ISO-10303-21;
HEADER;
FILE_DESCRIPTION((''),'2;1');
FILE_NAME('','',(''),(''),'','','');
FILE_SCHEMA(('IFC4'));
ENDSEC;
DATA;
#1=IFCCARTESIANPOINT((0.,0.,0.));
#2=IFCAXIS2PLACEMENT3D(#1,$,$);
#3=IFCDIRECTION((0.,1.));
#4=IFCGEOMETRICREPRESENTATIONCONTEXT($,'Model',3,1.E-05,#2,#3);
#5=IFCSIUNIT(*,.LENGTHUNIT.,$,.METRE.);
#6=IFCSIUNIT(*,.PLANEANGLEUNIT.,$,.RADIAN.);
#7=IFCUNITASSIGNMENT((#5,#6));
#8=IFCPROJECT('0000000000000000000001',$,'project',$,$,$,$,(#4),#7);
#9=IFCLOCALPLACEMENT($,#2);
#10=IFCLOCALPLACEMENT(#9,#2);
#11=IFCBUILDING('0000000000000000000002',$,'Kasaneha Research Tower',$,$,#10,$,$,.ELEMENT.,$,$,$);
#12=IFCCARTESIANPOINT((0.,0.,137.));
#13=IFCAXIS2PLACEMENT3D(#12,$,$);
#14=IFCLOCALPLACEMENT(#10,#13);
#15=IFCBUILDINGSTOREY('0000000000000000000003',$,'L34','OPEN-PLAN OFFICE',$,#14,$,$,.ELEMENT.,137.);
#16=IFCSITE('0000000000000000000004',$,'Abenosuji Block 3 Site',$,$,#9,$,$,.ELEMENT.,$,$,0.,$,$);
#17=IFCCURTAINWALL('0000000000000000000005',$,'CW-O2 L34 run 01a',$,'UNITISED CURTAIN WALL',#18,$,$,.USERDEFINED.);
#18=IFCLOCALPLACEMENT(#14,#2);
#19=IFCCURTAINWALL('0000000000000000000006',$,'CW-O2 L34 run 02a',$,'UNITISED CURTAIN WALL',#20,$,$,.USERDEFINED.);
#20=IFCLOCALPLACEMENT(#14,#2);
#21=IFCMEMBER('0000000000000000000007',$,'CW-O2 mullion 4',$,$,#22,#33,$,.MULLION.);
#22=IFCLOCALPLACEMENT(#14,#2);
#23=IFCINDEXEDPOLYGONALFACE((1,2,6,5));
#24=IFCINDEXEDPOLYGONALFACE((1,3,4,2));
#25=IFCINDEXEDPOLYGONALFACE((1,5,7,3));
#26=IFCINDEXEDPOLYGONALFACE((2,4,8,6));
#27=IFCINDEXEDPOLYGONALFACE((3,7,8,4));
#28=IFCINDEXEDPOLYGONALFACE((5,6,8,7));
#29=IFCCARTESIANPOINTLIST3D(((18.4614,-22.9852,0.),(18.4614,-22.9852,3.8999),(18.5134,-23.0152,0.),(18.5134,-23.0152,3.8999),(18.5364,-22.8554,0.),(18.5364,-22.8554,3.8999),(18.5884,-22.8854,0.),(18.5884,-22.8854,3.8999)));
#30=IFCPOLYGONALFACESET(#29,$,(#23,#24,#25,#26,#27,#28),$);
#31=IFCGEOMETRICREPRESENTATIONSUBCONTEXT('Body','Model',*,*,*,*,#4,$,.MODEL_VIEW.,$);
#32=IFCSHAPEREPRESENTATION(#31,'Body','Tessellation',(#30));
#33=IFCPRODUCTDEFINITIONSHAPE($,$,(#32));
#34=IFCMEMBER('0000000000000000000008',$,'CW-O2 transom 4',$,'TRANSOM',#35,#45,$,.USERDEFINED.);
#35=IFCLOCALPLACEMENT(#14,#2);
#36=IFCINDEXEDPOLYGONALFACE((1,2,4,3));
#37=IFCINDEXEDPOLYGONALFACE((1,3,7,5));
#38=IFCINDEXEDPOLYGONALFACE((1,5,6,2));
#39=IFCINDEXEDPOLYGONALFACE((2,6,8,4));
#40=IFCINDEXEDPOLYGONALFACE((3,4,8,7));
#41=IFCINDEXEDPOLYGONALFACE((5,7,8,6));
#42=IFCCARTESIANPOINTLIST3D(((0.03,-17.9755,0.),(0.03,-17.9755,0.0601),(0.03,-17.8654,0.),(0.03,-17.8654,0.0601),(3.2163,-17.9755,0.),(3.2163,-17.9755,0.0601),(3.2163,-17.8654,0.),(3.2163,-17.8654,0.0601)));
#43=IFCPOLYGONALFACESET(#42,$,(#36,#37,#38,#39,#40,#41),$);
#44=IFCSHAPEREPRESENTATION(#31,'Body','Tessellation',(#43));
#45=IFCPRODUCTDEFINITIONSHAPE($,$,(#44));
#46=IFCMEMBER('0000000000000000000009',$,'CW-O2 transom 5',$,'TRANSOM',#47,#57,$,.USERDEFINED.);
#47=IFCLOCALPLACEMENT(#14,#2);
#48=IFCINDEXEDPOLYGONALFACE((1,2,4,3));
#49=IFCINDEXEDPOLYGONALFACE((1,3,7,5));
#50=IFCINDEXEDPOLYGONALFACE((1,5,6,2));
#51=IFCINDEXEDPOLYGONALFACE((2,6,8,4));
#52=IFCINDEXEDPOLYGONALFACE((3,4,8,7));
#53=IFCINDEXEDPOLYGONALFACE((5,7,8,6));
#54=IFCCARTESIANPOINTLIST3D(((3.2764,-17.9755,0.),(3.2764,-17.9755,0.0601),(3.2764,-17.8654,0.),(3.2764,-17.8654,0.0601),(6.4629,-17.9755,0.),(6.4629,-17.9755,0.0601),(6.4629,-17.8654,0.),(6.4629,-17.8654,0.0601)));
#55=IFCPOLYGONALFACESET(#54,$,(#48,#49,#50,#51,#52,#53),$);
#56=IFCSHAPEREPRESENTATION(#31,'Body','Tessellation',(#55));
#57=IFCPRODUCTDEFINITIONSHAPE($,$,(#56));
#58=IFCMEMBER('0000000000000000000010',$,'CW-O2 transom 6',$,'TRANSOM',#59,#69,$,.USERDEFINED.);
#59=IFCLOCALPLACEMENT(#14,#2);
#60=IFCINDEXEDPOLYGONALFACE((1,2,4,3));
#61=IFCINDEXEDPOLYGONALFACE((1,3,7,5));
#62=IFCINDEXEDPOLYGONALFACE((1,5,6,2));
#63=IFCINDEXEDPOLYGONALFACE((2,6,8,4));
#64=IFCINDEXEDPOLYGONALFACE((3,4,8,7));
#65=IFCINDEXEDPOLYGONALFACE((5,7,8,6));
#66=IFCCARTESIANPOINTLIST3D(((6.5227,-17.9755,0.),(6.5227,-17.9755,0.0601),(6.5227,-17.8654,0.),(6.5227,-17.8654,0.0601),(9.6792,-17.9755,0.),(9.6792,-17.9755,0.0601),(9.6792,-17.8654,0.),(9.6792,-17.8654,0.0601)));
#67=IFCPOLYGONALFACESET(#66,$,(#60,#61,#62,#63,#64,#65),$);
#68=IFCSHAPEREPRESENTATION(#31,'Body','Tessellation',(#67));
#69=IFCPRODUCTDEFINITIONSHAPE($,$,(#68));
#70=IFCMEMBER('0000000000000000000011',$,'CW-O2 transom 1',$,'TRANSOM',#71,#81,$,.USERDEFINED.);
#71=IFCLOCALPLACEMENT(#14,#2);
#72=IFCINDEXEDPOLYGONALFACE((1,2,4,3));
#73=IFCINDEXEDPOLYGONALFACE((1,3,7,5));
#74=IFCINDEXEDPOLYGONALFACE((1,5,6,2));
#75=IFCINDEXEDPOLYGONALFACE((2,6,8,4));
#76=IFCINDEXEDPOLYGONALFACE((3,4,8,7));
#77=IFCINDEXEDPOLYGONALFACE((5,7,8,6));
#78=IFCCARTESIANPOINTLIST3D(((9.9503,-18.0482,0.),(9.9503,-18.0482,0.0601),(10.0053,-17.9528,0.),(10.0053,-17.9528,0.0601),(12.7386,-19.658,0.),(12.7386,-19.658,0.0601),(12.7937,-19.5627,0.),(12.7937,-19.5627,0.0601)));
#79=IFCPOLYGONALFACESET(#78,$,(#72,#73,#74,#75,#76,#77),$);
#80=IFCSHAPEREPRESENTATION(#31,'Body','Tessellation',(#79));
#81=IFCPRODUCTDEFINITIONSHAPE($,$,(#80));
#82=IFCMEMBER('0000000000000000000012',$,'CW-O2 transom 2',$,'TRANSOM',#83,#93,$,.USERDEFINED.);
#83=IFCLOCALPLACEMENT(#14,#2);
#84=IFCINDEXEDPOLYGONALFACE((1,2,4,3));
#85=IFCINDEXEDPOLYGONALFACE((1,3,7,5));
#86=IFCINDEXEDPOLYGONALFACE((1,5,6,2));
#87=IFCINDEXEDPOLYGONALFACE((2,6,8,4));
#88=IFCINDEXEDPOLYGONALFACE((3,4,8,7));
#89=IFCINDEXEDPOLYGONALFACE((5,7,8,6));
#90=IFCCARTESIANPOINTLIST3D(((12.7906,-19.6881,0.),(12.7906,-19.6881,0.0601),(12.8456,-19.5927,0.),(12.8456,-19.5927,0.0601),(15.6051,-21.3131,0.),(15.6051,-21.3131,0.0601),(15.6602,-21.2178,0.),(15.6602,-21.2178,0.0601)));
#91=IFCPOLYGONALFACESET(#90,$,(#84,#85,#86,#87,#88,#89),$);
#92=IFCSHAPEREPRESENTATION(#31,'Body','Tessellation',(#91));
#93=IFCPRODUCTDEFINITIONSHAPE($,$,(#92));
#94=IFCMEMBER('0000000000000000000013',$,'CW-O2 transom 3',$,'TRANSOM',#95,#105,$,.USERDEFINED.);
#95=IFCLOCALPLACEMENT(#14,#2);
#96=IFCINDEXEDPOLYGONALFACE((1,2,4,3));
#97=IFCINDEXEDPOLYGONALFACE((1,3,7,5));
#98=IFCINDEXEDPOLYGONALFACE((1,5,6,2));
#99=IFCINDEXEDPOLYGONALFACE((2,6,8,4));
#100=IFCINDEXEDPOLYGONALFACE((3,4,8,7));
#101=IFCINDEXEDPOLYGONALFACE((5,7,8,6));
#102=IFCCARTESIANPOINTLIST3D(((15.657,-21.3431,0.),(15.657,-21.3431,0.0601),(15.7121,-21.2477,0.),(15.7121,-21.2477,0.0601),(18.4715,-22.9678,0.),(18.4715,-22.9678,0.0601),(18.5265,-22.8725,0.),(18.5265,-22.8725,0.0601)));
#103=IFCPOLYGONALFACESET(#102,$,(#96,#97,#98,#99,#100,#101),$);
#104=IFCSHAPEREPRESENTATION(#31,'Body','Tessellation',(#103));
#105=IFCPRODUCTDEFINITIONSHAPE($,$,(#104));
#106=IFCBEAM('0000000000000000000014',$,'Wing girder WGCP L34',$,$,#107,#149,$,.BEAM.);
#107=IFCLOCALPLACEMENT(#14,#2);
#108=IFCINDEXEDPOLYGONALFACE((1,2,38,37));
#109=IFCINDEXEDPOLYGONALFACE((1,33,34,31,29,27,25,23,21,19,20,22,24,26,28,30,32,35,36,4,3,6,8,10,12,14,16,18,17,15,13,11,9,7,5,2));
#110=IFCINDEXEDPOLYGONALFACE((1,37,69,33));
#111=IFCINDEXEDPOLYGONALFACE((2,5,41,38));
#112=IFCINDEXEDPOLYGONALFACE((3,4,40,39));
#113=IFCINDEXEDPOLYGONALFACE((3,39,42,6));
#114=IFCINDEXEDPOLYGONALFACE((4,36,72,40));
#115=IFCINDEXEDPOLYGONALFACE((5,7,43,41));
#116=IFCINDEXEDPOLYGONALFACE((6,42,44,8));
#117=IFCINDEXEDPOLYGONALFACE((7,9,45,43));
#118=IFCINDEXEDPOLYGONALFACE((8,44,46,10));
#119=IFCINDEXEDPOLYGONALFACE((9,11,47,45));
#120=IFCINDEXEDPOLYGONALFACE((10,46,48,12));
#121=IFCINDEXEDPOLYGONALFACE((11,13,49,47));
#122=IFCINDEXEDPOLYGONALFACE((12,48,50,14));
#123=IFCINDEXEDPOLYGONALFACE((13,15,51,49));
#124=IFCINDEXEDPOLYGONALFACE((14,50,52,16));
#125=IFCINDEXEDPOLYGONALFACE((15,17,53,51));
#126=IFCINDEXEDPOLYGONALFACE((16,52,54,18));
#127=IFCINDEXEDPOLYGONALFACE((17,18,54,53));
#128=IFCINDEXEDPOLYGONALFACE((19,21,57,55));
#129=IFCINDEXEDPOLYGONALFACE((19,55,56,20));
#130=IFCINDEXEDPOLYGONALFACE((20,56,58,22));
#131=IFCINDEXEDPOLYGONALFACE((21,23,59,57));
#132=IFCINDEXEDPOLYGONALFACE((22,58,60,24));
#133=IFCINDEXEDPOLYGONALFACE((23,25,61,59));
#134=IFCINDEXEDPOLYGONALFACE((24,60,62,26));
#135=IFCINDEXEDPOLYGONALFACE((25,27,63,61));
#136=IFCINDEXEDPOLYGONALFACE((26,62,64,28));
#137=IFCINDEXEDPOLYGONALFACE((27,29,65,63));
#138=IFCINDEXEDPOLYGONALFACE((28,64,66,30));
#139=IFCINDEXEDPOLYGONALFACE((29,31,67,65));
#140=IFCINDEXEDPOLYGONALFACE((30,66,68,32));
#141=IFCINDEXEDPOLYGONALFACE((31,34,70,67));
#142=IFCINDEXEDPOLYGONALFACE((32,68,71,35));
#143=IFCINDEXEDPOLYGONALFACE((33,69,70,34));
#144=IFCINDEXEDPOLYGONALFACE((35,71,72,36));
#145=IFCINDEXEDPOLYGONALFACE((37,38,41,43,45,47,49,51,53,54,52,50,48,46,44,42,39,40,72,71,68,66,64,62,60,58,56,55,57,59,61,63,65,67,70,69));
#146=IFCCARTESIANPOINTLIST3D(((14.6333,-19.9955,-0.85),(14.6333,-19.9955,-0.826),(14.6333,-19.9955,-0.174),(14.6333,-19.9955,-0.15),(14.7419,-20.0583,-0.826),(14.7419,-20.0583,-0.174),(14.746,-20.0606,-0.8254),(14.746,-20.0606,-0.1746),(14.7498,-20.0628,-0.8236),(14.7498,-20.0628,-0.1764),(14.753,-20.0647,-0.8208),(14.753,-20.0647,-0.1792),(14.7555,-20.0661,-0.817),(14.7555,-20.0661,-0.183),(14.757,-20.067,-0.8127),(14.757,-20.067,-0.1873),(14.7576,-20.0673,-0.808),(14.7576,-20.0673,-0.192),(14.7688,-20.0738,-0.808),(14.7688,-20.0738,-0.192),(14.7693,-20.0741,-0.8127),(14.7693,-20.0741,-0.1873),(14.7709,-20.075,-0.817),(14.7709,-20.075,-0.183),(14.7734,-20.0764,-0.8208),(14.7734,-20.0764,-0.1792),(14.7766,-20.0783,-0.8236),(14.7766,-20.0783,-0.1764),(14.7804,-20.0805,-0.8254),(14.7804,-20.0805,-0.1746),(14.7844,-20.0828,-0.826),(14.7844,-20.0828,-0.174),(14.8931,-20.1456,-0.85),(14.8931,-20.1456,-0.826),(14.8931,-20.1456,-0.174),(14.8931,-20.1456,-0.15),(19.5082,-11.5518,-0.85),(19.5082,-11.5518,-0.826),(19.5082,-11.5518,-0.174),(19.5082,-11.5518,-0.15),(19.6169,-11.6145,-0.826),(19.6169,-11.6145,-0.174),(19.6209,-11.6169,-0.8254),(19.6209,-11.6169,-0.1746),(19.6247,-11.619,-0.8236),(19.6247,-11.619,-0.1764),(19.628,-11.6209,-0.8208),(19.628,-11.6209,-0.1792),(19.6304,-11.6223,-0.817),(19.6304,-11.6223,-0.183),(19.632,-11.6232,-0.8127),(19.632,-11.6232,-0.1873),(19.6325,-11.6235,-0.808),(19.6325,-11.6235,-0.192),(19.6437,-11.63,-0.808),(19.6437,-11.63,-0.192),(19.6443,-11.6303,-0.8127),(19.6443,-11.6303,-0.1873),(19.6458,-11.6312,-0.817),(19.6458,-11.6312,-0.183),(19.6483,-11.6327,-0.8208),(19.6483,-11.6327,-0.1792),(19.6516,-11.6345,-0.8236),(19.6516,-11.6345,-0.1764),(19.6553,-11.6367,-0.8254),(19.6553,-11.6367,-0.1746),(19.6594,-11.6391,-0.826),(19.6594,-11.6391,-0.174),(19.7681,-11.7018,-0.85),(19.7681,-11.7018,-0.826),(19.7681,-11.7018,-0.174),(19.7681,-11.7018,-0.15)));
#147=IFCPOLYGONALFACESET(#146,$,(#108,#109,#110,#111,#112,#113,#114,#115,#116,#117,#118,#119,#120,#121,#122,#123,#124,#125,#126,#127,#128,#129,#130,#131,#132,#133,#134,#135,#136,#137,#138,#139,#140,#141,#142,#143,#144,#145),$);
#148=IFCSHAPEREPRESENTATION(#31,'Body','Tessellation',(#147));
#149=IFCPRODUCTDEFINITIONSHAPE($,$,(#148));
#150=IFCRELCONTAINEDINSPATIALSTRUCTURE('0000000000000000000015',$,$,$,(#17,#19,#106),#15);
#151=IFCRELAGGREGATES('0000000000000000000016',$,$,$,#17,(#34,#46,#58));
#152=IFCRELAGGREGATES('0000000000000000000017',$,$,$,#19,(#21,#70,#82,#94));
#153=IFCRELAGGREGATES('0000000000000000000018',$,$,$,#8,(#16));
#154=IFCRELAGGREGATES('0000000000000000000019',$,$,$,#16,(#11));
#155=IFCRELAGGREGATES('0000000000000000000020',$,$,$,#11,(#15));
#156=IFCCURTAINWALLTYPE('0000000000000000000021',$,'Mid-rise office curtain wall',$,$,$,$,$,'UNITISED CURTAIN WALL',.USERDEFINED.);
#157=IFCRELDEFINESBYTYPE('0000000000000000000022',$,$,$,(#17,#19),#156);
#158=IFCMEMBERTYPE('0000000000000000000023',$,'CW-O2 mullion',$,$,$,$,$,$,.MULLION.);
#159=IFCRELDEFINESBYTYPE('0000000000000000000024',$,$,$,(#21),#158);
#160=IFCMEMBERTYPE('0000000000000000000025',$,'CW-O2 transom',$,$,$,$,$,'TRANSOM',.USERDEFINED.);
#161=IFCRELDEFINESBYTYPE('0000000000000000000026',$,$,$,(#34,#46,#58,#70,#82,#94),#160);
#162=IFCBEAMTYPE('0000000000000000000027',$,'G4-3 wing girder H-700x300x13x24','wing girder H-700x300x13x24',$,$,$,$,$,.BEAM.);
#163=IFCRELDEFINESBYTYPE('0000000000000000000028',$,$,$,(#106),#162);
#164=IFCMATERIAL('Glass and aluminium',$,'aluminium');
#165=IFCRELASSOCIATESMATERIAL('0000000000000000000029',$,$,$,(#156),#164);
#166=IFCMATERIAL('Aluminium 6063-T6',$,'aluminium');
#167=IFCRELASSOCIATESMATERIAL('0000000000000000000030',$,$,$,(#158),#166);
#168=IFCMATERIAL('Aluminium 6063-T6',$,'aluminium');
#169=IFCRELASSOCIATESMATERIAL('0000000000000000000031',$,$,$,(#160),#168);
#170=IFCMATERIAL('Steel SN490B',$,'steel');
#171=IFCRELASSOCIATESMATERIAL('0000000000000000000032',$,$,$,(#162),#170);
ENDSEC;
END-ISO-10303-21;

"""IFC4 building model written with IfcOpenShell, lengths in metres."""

from ifc_helpers import new_model, si_unit, direction, frame, origin, origin_2d, place, context, subcontext, project, spatial, rectangle, i_section, extrude, material, material_profile, profile_set, type_object, element, aggregate, save


model = new_model("IFC4")

# Units and contexts
model_context = context("Model", 3, precision=1e-05, world=origin(), true_north=direction((0.0, 1.0)))
body_context = subcontext(model_context, "Body", "Model", "MODEL_VIEW")
ifc_project = project(units=[si_unit("LENGTHUNIT", "METRE"), si_unit("PLANEANGLEUNIT", "RADIAN")], contexts=[model_context])

# Site, building, storey
site_placement = place(None, origin())
site = spatial("IfcSite", under=ifc_project, at=site_placement, Name="Abenosuji Block 3 Site", CompositionType="ELEMENT", RefElevation=0.0)
building_placement = place(site_placement, origin())
building = spatial("IfcBuilding", under=site, at=building_placement, Name="Kasaneha Research Tower", CompositionType="ELEMENT")
storey_placement = place(building_placement, frame((0.0, 0.0, 137.0)))
storey = spatial("IfcBuildingStorey", under=building, at=storey_placement, Name="L34", Description="OPEN-PLAN OFFICE", CompositionType="ELEMENT", Elevation=137.0)

# Curtain walls, member
ifc_material_1 = material(Name="Glass and aluminium", Category="aluminium")
curtain_wall_type = type_object("IfcCurtainWallType", Name="Mid-rise office curtain wall", ElementType="UNITISED CURTAIN WALL", PredefinedType="USERDEFINED", material=ifc_material_1)
curtain_wall_1_placement = place(storey_placement, origin())
curtain_wall_1 = element("IfcCurtainWall", 1, at=curtain_wall_1_placement, inside=storey, type_object=curtain_wall_type, Name="CW-O2 L34 run 01a", ObjectType="UNITISED CURTAIN WALL", PredefinedType="USERDEFINED")
ifc_material_2 = material(Name="Aluminium 6063-T6", Category="aluminium")
ifc_material_profile_1 = material_profile(ifc_material_2, rectangle(XDim=0.0601, YDim=0.1499, at=origin_2d()), Name="CW-O2 mullion 60x150")
ifc_profile_set_1 = profile_set([ifc_material_profile_1], Name="Aluminium 6063-T6")
member_type_1 = type_object("IfcMemberType", Name="CW-O2 mullion", PredefinedType="MULLION", material=ifc_profile_set_1)
curtain_wall_2_placement = place(storey_placement, origin())
curtain_wall_2 = element("IfcCurtainWall", 2, at=curtain_wall_2_placement, inside=storey, type_object=curtain_wall_type, Name="CW-O2 L34 run 02a", ObjectType="UNITISED CURTAIN WALL", PredefinedType="USERDEFINED")
member_1_placement = place(storey_placement, frame((18.5249, -22.9353, 0.0), z_axis=(0.0, 0.0, 1.0), x_axis=(0.866025, -0.5, 0.0)))
member_1 = element("IfcMember", 3, at=member_1_placement, type_object=member_type_1, Name="CW-O2 mullion 4", PredefinedType="MULLION", context=body_context, shape_type="SweptSolid", body=[
    extrude(rectangle(XDim=0.0601, YDim=0.1499, at=origin_2d()), origin(), (0.0, 0.0, 1.0), 3.8999),
])

# Members
ifc_material_3 = material(Name="Aluminium 6063-T6", Category="aluminium")
ifc_material_profile_2 = material_profile(ifc_material_3, rectangle(XDim=0.1101, YDim=0.0601, at=origin_2d()), Name="CW-O2 transom 110x60")
ifc_profile_set_2 = profile_set([ifc_material_profile_2], Name="Aluminium 6063-T6")
member_type_2 = type_object("IfcMemberType", Name="CW-O2 transom", ElementType="TRANSOM", PredefinedType="USERDEFINED", material=ifc_profile_set_2)
member_2_placement = place(storey_placement, frame((0.03, -17.9204, 0.03), z_axis=(1.0, 0.0, 0.0), x_axis=(0.0, 1.0, 0.0)))
member_2 = element("IfcMember", 4, at=member_2_placement, type_object=member_type_2, Name="CW-O2 transom 4", ObjectType="TRANSOM", PredefinedType="USERDEFINED", context=body_context, shape_type="SweptSolid", body=[
    extrude(rectangle(XDim=0.1101, YDim=0.0601, at=origin_2d()), origin(), (0.0, 0.0, 1.0), 3.1863),
])
member_3_placement = place(storey_placement, frame((3.2764, -17.9204, 0.03), z_axis=(1.0, 0.0, 0.0), x_axis=(0.0, 1.0, 0.0)))
member_3 = element("IfcMember", 5, at=member_3_placement, type_object=member_type_2, Name="CW-O2 transom 5", ObjectType="TRANSOM", PredefinedType="USERDEFINED", context=body_context, shape_type="SweptSolid", body=[
    extrude(rectangle(XDim=0.1101, YDim=0.0601, at=origin_2d()), origin(), (0.0, 0.0, 1.0), 3.1865),
])
member_4_placement = place(storey_placement, frame((6.5227, -17.9204, 0.03), z_axis=(1.0, 0.0, 0.0), x_axis=(0.0, 1.0, 0.0)))
member_4 = element("IfcMember", 6, at=member_4_placement, type_object=member_type_2, Name="CW-O2 transom 6", ObjectType="TRANSOM", PredefinedType="USERDEFINED", context=body_context, shape_type="SweptSolid", body=[
    extrude(rectangle(XDim=0.1101, YDim=0.0601, at=origin_2d()), origin(), (0.0, 0.0, 1.0), 3.1565),
])
member_5_placement = place(storey_placement, frame((9.9778, -18.0005, 0.03), z_axis=(0.866023, -0.500005, 0.0), x_axis=(0.500005, 0.866023, 0.0)))
member_5 = element("IfcMember", 7, at=member_5_placement, type_object=member_type_2, Name="CW-O2 transom 1", ObjectType="TRANSOM", PredefinedType="USERDEFINED", context=body_context, shape_type="SweptSolid", body=[
    extrude(rectangle(XDim=0.1101, YDim=0.0601, at=origin_2d()), origin(), (0.0, 0.0, 1.0), 3.2197),
])
member_6_placement = place(storey_placement, frame((12.8181, -19.6404, 0.03), z_axis=(0.866015, -0.500017, 0.0), x_axis=(0.500017, 0.866015, 0.0)))
member_6 = element("IfcMember", 8, at=member_6_placement, type_object=member_type_2, Name="CW-O2 transom 2", ObjectType="TRANSOM", PredefinedType="USERDEFINED", context=body_context, shape_type="SweptSolid", body=[
    extrude(rectangle(XDim=0.1101, YDim=0.0601, at=origin_2d()), origin(), (0.0, 0.0, 1.0), 3.25),
])
member_7_placement = place(storey_placement, frame((15.6846, -21.2954, 0.03), z_axis=(0.866048, -0.499961, 0.0), x_axis=(0.499961, 0.866048, 0.0)))
member_7 = element("IfcMember", 9, at=member_7_placement, type_object=member_type_2, Name="CW-O2 transom 3", ObjectType="TRANSOM", PredefinedType="USERDEFINED", context=body_context, shape_type="SweptSolid", body=[
    extrude(rectangle(XDim=0.1101, YDim=0.0601, at=origin_2d()), origin(), (0.0, 0.0, 1.0), 3.2498),
])

# Beam
ifc_material_4 = material(Name="Steel SN490B", Category="steel")
ifc_material_profile_3 = material_profile(ifc_material_4, i_section(OverallWidth=0.3, OverallDepth=0.7, WebThickness=0.0129, FlangeThickness=0.0239, FilletRadius=0.0181, at=origin_2d()), Name="H-700x300x13x24")
ifc_profile_set_3 = profile_set([ifc_material_profile_3], Name="Steel SN490B")
beam_type_1 = type_object("IfcBeamType", Name="G4-3 wing girder H-700x300x13x24", Description="wing girder H-700x300x13x24", PredefinedType="BEAM", material=ifc_profile_set_3)
beam_1_placement = place(storey_placement, frame((14.7632, -20.0706, -0.5), z_axis=(0.499996, 0.866028, 0.0), x_axis=(-0.866028, 0.499996, 0.0)))
element("IfcBeam", 10, at=beam_1_placement, inside=storey, type_object=beam_type_1, Name="Wing girder WGCP L34", PredefinedType="BEAM", context=body_context, shape_type="SweptSolid", body=[
    extrude(i_section(OverallWidth=0.3, OverallDepth=0.7, WebThickness=0.0129, FlangeThickness=0.0239, FilletRadius=0.0181, at=origin_2d()), origin(), (0.0, 0.0, 1.0), 9.75),
])

aggregate(curtain_wall_1, [member_2, member_3, member_4])
aggregate(curtain_wall_2, [member_1, member_5, member_6, member_7])

save(model, "model.ifc")
